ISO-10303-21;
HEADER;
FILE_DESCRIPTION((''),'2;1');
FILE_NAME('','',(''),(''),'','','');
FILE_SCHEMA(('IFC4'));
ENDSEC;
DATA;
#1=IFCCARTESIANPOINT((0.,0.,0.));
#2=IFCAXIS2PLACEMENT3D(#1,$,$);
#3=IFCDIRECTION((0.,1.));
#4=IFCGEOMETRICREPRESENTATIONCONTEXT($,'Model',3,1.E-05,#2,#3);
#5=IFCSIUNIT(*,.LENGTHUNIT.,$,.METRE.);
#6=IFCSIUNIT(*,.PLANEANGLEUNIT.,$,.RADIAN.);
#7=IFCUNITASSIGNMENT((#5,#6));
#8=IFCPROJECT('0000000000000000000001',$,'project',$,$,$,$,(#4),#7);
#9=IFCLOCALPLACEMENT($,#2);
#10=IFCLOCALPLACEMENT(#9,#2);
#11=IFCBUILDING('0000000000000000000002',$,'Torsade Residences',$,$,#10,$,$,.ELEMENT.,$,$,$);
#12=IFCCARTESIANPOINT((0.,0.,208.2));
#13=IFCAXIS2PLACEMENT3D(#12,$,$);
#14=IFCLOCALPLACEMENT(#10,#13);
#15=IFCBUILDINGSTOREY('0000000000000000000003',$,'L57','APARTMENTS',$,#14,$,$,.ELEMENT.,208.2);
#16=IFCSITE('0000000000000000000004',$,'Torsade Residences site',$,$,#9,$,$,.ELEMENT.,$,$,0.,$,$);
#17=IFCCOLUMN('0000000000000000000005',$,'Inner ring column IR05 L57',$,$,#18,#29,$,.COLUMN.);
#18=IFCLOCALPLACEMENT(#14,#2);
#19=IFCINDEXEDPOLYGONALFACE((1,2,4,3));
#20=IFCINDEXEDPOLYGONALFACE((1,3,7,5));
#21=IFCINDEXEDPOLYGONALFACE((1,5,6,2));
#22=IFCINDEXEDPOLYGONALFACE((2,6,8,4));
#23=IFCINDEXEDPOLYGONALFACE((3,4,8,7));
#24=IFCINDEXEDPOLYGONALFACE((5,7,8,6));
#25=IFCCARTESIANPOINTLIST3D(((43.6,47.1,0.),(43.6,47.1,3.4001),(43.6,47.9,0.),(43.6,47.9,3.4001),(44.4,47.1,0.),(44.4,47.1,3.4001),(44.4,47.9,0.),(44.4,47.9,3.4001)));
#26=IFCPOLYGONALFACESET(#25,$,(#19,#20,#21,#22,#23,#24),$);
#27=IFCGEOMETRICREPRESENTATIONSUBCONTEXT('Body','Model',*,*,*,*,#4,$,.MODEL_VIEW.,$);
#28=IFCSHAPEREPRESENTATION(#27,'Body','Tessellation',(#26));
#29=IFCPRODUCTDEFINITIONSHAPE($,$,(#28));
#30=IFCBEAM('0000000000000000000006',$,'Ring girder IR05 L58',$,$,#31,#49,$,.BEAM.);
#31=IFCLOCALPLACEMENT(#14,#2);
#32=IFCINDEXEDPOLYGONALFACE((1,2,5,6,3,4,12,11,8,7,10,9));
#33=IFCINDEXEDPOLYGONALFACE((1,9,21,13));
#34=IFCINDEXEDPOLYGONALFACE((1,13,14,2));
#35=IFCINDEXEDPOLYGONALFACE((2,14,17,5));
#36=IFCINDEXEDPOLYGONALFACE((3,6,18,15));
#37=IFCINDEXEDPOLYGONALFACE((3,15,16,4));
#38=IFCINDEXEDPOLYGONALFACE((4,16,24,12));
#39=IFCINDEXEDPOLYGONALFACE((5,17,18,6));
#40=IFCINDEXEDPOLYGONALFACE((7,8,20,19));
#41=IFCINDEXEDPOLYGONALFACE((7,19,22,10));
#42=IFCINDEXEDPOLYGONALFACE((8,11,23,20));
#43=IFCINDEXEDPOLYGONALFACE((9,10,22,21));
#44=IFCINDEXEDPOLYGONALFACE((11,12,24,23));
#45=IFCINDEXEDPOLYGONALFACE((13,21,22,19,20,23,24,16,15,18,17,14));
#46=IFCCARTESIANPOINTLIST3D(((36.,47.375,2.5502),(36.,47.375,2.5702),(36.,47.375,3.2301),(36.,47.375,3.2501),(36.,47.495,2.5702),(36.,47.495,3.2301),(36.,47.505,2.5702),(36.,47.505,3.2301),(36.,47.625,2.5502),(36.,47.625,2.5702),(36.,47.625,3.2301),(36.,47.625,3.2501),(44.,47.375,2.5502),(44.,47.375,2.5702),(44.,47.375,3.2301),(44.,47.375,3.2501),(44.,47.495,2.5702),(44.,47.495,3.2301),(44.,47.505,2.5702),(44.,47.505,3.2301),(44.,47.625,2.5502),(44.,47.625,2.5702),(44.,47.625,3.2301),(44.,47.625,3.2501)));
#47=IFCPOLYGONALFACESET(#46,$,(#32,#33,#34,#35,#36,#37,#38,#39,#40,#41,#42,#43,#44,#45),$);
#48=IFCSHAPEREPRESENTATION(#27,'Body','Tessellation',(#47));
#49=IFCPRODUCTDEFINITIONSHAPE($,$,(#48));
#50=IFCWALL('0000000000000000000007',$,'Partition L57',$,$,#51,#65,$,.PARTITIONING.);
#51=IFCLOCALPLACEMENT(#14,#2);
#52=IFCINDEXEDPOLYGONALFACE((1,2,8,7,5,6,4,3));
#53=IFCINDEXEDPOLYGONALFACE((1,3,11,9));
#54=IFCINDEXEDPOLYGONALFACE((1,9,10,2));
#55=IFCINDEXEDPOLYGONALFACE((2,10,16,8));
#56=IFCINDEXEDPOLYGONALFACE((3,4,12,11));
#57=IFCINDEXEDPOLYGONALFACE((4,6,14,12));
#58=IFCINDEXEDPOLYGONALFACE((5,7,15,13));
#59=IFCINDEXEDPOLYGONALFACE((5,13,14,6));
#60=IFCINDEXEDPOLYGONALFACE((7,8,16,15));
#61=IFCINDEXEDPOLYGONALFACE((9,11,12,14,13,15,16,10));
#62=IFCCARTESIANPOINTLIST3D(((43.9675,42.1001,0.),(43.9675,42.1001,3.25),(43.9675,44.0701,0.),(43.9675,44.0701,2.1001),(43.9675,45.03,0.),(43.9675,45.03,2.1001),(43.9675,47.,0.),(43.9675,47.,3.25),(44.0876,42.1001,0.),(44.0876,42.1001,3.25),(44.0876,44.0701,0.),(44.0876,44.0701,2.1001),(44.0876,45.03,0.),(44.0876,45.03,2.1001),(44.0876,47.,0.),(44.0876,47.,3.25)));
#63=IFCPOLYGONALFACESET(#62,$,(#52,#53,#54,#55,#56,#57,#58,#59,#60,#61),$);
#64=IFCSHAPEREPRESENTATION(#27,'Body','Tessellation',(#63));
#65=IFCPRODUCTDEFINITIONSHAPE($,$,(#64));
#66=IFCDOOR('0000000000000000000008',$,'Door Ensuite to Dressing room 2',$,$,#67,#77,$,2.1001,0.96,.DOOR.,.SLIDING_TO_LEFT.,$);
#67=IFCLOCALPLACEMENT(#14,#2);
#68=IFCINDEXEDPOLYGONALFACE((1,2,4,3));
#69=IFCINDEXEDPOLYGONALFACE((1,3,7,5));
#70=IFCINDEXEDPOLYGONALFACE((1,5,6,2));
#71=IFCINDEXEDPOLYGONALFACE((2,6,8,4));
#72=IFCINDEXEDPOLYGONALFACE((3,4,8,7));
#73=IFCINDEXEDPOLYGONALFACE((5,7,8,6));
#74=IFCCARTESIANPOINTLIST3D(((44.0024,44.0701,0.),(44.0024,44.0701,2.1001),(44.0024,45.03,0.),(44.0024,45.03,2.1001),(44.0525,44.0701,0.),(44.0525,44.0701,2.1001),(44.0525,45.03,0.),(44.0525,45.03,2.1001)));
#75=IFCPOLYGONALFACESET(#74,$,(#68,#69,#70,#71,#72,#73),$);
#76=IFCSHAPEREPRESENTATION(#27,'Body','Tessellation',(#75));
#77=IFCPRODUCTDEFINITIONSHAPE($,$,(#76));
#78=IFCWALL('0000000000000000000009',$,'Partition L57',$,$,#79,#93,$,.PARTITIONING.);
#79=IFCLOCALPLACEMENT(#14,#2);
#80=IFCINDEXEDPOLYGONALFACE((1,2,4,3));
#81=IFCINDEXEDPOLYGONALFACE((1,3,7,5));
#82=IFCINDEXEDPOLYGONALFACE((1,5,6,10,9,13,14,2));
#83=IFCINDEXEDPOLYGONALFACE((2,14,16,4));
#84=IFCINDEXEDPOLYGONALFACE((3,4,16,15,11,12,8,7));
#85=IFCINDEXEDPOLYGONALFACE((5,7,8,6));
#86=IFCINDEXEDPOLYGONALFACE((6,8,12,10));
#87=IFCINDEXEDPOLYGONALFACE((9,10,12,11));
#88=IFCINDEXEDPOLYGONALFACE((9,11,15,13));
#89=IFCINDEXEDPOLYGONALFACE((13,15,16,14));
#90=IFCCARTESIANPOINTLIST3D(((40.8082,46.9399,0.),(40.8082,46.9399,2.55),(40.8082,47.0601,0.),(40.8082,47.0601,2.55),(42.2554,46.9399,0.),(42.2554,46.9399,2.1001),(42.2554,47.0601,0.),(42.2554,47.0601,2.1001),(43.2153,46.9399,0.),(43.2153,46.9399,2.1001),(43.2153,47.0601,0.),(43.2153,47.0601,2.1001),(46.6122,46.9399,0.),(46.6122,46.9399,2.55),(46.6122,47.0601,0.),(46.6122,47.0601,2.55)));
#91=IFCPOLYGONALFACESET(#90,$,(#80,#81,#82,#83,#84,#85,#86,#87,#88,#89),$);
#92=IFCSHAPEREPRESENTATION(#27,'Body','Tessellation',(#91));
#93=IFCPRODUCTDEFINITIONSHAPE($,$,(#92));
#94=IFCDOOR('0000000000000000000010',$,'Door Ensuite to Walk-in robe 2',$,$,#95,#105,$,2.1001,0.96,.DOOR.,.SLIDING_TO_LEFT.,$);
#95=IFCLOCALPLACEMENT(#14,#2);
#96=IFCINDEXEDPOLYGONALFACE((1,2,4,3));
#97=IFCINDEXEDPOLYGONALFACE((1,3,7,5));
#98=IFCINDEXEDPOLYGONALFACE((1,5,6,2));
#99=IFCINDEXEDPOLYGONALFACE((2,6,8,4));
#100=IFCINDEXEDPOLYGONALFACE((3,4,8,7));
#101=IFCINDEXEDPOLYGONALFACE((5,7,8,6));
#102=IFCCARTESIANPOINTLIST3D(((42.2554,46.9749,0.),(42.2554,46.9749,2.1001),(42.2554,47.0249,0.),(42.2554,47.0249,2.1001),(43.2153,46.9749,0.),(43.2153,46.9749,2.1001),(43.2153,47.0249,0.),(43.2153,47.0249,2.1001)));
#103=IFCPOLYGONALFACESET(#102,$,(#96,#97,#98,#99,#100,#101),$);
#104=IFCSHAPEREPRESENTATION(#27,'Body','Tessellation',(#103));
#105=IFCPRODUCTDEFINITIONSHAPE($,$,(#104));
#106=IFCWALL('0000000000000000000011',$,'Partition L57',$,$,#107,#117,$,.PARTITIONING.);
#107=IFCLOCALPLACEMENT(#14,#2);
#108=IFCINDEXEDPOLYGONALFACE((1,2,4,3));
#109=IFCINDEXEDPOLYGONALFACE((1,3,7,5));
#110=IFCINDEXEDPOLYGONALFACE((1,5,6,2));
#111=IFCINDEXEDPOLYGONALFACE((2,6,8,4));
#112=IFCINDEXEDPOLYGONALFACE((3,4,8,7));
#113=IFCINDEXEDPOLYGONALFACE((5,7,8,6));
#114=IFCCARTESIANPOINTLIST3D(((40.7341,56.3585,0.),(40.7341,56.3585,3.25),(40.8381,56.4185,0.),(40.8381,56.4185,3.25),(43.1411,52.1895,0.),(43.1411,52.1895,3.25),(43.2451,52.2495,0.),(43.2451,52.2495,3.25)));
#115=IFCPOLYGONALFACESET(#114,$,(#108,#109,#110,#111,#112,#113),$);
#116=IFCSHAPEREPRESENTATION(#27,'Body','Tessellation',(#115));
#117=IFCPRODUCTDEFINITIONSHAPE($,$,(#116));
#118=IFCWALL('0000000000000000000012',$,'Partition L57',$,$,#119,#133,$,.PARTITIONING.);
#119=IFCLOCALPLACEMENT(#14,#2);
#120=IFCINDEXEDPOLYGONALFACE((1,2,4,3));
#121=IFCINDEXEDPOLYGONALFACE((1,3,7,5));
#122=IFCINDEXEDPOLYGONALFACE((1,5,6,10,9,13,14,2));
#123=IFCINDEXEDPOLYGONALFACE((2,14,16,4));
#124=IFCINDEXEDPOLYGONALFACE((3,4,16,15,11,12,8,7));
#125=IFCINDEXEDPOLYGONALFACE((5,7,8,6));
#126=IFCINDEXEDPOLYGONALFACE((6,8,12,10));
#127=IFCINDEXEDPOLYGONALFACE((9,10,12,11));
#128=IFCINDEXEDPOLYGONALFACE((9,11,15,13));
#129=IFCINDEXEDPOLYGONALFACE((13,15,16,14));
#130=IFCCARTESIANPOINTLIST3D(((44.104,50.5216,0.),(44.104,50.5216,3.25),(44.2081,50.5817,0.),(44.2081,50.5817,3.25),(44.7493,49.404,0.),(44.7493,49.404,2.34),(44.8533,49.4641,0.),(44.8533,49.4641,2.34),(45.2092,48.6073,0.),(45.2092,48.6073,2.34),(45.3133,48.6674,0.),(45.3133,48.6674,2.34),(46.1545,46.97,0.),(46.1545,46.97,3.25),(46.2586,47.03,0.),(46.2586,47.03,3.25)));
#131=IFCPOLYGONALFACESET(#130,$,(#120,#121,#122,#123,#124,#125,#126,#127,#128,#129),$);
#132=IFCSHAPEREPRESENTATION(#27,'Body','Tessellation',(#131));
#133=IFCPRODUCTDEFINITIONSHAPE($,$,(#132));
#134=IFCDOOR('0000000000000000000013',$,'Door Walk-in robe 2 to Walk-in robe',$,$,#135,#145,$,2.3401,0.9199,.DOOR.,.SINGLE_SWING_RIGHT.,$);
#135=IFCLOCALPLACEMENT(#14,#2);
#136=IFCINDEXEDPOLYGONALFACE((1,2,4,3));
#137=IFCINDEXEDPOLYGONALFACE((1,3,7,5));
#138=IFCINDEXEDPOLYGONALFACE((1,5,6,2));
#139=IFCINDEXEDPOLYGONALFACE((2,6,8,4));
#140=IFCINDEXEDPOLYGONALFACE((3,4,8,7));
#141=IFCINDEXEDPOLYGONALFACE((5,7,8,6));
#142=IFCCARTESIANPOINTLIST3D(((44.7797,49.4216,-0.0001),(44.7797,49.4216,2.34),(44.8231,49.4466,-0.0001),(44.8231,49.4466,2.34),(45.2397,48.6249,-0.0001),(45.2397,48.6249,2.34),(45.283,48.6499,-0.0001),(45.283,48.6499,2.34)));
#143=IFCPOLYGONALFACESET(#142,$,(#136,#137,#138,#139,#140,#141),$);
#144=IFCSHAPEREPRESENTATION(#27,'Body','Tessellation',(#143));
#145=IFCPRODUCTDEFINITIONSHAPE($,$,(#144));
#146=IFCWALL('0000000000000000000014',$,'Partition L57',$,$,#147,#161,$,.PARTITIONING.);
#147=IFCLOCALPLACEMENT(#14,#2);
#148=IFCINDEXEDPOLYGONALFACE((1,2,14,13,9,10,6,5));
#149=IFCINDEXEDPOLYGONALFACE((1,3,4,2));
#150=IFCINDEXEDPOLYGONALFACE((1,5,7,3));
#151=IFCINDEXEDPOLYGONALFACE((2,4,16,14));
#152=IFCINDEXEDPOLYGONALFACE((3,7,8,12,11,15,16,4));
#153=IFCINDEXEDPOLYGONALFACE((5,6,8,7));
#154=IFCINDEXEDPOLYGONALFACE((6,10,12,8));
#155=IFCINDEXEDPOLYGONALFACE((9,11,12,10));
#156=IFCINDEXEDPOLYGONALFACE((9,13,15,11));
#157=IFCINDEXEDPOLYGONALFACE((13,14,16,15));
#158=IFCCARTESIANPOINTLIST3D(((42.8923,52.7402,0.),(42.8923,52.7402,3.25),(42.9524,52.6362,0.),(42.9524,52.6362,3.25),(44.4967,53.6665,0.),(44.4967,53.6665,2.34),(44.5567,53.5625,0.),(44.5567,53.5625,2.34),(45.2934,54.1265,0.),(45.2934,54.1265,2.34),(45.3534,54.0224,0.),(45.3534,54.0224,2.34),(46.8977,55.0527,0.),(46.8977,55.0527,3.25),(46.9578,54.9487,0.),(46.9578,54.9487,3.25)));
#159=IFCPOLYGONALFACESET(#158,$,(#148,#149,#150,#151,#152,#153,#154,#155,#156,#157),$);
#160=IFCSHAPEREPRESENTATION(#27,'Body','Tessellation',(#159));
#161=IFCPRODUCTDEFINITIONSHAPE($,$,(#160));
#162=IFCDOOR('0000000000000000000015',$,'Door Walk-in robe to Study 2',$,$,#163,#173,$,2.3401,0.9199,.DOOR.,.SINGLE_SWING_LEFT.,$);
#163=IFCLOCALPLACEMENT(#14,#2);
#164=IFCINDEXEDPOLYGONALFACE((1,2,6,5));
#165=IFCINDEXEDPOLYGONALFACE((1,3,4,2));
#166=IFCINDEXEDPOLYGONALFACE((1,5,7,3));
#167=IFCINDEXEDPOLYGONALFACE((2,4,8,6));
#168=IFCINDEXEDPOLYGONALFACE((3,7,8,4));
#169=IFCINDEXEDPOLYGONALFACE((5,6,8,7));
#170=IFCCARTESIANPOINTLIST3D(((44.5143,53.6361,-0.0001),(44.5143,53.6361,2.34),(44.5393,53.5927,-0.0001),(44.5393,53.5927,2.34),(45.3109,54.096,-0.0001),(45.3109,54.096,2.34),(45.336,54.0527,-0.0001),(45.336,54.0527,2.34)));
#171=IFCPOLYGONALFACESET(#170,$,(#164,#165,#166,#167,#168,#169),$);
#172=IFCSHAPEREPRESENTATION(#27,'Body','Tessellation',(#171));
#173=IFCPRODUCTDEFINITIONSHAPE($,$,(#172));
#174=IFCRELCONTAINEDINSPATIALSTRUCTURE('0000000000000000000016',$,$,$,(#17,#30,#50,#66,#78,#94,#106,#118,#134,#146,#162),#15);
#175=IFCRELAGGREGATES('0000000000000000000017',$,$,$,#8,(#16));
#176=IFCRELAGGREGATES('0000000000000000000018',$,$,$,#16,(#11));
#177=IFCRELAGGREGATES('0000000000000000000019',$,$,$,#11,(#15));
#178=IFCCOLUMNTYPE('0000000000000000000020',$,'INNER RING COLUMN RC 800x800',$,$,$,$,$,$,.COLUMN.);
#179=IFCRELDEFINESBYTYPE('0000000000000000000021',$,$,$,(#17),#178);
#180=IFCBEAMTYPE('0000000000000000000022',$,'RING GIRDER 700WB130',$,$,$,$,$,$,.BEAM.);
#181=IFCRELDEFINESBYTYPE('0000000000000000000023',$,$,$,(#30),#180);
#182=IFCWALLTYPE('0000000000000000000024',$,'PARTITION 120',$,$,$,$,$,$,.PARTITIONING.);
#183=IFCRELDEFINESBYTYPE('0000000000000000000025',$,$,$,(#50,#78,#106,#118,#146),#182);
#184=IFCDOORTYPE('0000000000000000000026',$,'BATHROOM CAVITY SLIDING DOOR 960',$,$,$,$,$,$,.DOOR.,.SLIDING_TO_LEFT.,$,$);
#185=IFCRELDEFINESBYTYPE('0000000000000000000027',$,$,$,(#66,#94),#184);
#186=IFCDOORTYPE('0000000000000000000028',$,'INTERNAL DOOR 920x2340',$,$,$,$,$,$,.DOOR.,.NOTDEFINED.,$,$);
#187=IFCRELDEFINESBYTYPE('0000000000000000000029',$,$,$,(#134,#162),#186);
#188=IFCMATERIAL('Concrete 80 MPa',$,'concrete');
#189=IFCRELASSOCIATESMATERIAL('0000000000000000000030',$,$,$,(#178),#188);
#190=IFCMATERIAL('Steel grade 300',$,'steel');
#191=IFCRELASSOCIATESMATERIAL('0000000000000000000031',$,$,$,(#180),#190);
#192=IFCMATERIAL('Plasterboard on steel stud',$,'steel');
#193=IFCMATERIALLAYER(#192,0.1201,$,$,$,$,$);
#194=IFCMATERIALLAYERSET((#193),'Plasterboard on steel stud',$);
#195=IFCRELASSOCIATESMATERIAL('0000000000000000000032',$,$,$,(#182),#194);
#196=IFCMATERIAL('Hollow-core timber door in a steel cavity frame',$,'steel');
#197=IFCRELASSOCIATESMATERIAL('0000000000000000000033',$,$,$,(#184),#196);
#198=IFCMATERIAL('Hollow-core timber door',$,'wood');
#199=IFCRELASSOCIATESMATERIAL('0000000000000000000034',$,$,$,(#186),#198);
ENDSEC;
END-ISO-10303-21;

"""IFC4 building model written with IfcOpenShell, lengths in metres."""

from ifc_helpers import new_model, si_unit, direction, frame, frame_2d, origin, origin_2d, place, context, subcontext, project, spatial, rectangle, i_section, extrude, material, layer, layer_set, material_profile, profile_set, type_object, element, fill, save


model = new_model("IFC4")

# Units and contexts
model_context = context("Model", 3, precision=1e-05, world=origin(), true_north=direction((0.0, 1.0)))
body_context = subcontext(model_context, "Body", "Model", "MODEL_VIEW")
ifc_project = project(units=[si_unit("LENGTHUNIT", "METRE"), si_unit("PLANEANGLEUNIT", "RADIAN")], contexts=[model_context])

# Site, building, storey
site_placement = place(None, origin())
site = spatial("IfcSite", under=ifc_project, at=site_placement, Name="Torsade Residences site", CompositionType="ELEMENT", RefElevation=0.0)
building_placement = place(site_placement, origin())
building = spatial("IfcBuilding", under=site, at=building_placement, Name="Torsade Residences", CompositionType="ELEMENT")
storey_placement = place(building_placement, frame((0.0, 0.0, 208.2)))
storey = spatial("IfcBuildingStorey", under=building, at=storey_placement, Name="L57", Description="APARTMENTS", CompositionType="ELEMENT", Elevation=208.2)

# Column
ifc_material_1 = material(Name="Concrete 80 MPa", Category="concrete")
ifc_material_profile_1 = material_profile(ifc_material_1, rectangle(XDim=0.8, YDim=0.8, at=origin_2d()), Name="RC 800x800")
ifc_profile_set_1 = profile_set([ifc_material_profile_1], Name="Concrete 80 MPa")
column_type = type_object("IfcColumnType", Name="INNER RING COLUMN RC 800x800", PredefinedType="COLUMN", material=ifc_profile_set_1)
column_placement = place(storey_placement, frame((44.0, 47.5, 0.0), z_axis=(0.0, 0.0, 1.0), x_axis=(1.0, 0.0, 0.0)))
element("IfcColumn", 1, at=column_placement, inside=storey, type_object=column_type, Name="Inner ring column IR05 L57", PredefinedType="COLUMN", context=body_context, shape_type="SweptSolid", body=[
    extrude(rectangle(XDim=0.8, YDim=0.8, at=origin_2d()), origin(), (0.0, 0.0, 1.0), 3.4001),
])

# Beam
ifc_material_2 = material(Name="Steel grade 300", Category="steel")
ifc_material_profile_2 = material_profile(ifc_material_2, i_section(OverallWidth=0.25, OverallDepth=0.7, WebThickness=0.01, FlangeThickness=0.02, at=origin_2d()), Name="700WB130")
ifc_profile_set_2 = profile_set([ifc_material_profile_2], Name="Steel grade 300")
beam_type = type_object("IfcBeamType", Name="RING GIRDER 700WB130", PredefinedType="BEAM", material=ifc_profile_set_2)
beam_placement = place(storey_placement, frame((44.0, 47.5, 2.9001), z_axis=(-1.0, 0.0, 0.0), x_axis=(0.0, -1.0, 0.0)))
element("IfcBeam", 2, at=beam_placement, inside=storey, type_object=beam_type, Name="Ring girder IR05 L58", PredefinedType="BEAM", context=body_context, shape_type="SweptSolid", body=[
    extrude(i_section(OverallWidth=0.25, OverallDepth=0.7, WebThickness=0.01, FlangeThickness=0.02, at=origin_2d()), origin(), (0.0, 0.0, 1.0), 8.0),
])

# Walls, openings, doors
ifc_material_3 = material(Name="Plasterboard on steel stud", Category="steel")
ifc_layer_1 = layer(ifc_material_3, 0.1201)
ifc_layer_set_1 = layer_set([ifc_layer_1], Name="Plasterboard on steel stud")
wall_type_1 = type_object("IfcWallType", Name="PARTITION 120", PredefinedType="PARTITIONING", material=ifc_layer_set_1)
wall_1_placement = place(storey_placement, frame((44.0276, 47.0, 0.0), z_axis=(0.0, 0.0, 1.0), x_axis=(0.0, -1.0, 0.0)))
wall_1 = element("IfcWall", 3, at=wall_1_placement, inside=storey, type_object=wall_type_1, Name="Partition L57", PredefinedType="PARTITIONING", context=body_context, shape_type="SweptSolid", body=[
    extrude(rectangle(XDim=4.8999, YDim=0.1201, at=frame_2d((2.45, 0.0))), origin(), (0.0, 0.0, 1.0), 3.25),
])
opening_1_placement = place(wall_1_placement, frame((1.97, 0.0, 0.0)))
opening_1 = element("IfcOpeningElement", 4, at=opening_1_placement, cuts=wall_1, PredefinedType="OPENING", context=body_context, shape_type="SweptSolid", body=[
    extrude(rectangle(XDim=0.96, YDim=2.1001, at=frame_2d((0.48, 1.05))), frame((0.0, 0.0701, 0.0), z_axis=(0.0, -1.0, 0.0), x_axis=(1.0, 0.0, 0.0)), (0.0, 0.0, 1.0), 0.1401),
])
ifc_material_4 = material(Name="Hollow-core timber door in a steel cavity frame", Category="steel")
door_type_1 = type_object("IfcDoorType", Name="BATHROOM CAVITY SLIDING DOOR 960", OperationType="SLIDING_TO_LEFT", PredefinedType="DOOR", material=ifc_material_4)
door_1_placement = place(opening_1_placement, origin())
door_1 = element("IfcDoor", 5, at=door_1_placement, inside=storey, type_object=door_type_1, Name="Door Ensuite to Dressing room 2", OperationType="SLIDING_TO_LEFT", OverallHeight=2.1001, OverallWidth=0.96, PredefinedType="DOOR", context=body_context, shape_type="SweptSolid", body=[
    extrude(rectangle(XDim=0.96, YDim=2.1001, at=frame_2d((0.48, 1.05))), frame((0.0, 0.0249, 0.0), z_axis=(0.0, -1.0, 0.0), x_axis=(1.0, 0.0, 0.0)), (0.0, 0.0, 1.0), 0.05),
])
fill(opening_1, door_1)
wall_2_placement = place(storey_placement, frame((40.8083, 47.0, 0.0), z_axis=(0.0, 0.0, 1.0), x_axis=(1.0, 0.0, 0.0)))
wall_2 = element("IfcWall", 6, at=wall_2_placement, inside=storey, type_object=wall_type_1, Name="Partition L57", PredefinedType="PARTITIONING", context=body_context, shape_type="SweptSolid", body=[
    extrude(rectangle(XDim=5.804, YDim=0.1201, at=frame_2d((2.9019, 0.0))), origin(), (0.0, 0.0, 1.0), 2.55),
])
opening_2_placement = place(wall_2_placement, frame((1.447, 0.0, 0.0)))
opening_2 = element("IfcOpeningElement", 7, at=opening_2_placement, cuts=wall_2, PredefinedType="OPENING", context=body_context, shape_type="SweptSolid", body=[
    extrude(rectangle(XDim=0.96, YDim=2.1001, at=frame_2d((0.48, 1.05))), frame((0.0, 0.0701, 0.0), z_axis=(0.0, -1.0, 0.0), x_axis=(1.0, 0.0, 0.0)), (0.0, 0.0, 1.0), 0.1401),
])
door_2_placement = place(opening_2_placement, origin())
door_2 = element("IfcDoor", 8, at=door_2_placement, inside=storey, type_object=door_type_1, Name="Door Ensuite to Walk-in robe 2", OperationType="SLIDING_TO_LEFT", OverallHeight=2.1001, OverallWidth=0.96, PredefinedType="DOOR", context=body_context, shape_type="SweptSolid", body=[
    extrude(rectangle(XDim=0.96, YDim=2.1001, at=frame_2d((0.48, 1.05))), frame((0.0, 0.0249, 0.0), z_axis=(0.0, -1.0, 0.0), x_axis=(1.0, 0.0, 0.0)), (0.0, 0.0, 1.0), 0.05),
])
fill(opening_2, door_2)

# Wall
wall_3_placement = place(storey_placement, frame((43.1931, 52.2195, 0.0), z_axis=(0.0, 0.0, 1.0), x_axis=(-0.500006, 0.866022, 0.0)))
element("IfcWall", 9, at=wall_3_placement, inside=storey, type_object=wall_type_1, Name="Partition L57", PredefinedType="PARTITIONING", context=body_context, shape_type="SweptSolid", body=[
    extrude(rectangle(XDim=4.814, YDim=0.1201, at=frame_2d((2.407, 0.0))), origin(), (0.0, 0.0, 1.0), 3.25),
])

# Walls, openings, doors
wall_4_placement = place(storey_placement, frame((46.2065, 47.0, 0.0), z_axis=(0.0, 0.0, 1.0), x_axis=(-0.499987, 0.866033, 0.0)))
wall_4 = element("IfcWall", 10, at=wall_4_placement, inside=storey, type_object=wall_type_1, Name="Partition L57", PredefinedType="PARTITIONING", context=body_context, shape_type="SweptSolid", body=[
    extrude(rectangle(XDim=4.1011, YDim=0.1201, at=frame_2d((2.0505, 0.0))), origin(), (0.0, 0.0, 1.0), 3.25),
])
opening_3_placement = place(wall_4_placement, frame((1.8906, 0.0, 0.0)))
opening_3 = element("IfcOpeningElement", 11, at=opening_3_placement, cuts=wall_4, PredefinedType="OPENING", context=body_context, shape_type="SweptSolid", body=[
    extrude(rectangle(XDim=0.9199, YDim=2.3401, at=frame_2d((0.46, 1.1699))), frame((0.0, 0.0701, 0.0), z_axis=(0.0, -1.0, 0.0), x_axis=(1.0, 0.0, 0.0)), (0.0, 0.0, 1.0), 0.1401),
])
ifc_material_5 = material(Name="Hollow-core timber door", Category="wood")
door_type_2 = type_object("IfcDoorType", Name="INTERNAL DOOR 920x2340", OperationType="NOTDEFINED", PredefinedType="DOOR", material=ifc_material_5)
door_3_placement = place(opening_3_placement, origin())
door_3 = element("IfcDoor", 12, at=door_3_placement, inside=storey, type_object=door_type_2, Name="Door Walk-in robe 2 to Walk-in robe", OperationType="SINGLE_SWING_RIGHT", OverallHeight=2.3401, OverallWidth=0.9199, PredefinedType="DOOR", context=body_context, shape_type="SweptSolid", body=[
    extrude(rectangle(XDim=0.9199, YDim=2.3401, at=frame_2d((0.46, 1.1699))), frame((0.0, 0.0249, 0.0), z_axis=(0.0, -1.0, 0.0), x_axis=(1.0, 0.0, 0.0)), (0.0, 0.0, 1.0), 0.05),
])
fill(opening_3, door_3)
wall_5_placement = place(storey_placement, frame((42.9224, 52.6882, 0.0), z_axis=(0.0, 0.0, 1.0), x_axis=(0.866026, 0.5, 0.0)))
wall_5 = element("IfcWall", 13, at=wall_5_placement, inside=storey, type_object=wall_type_1, Name="Partition L57", PredefinedType="PARTITIONING", context=body_context, shape_type="SweptSolid", body=[
    extrude(rectangle(XDim=4.625, YDim=0.1201, at=frame_2d((2.3125, 0.0))), origin(), (0.0, 0.0, 1.0), 3.25),
])
opening_4_placement = place(wall_5_placement, frame((1.8525, 0.0, 0.0)))
opening_4 = element("IfcOpeningElement", 14, at=opening_4_placement, cuts=wall_5, PredefinedType="OPENING", context=body_context, shape_type="SweptSolid", body=[
    extrude(rectangle(XDim=0.9199, YDim=2.3401, at=frame_2d((0.46, 1.1699))), frame((0.0, 0.0701, 0.0), z_axis=(0.0, -1.0, 0.0), x_axis=(1.0, 0.0, 0.0)), (0.0, 0.0, 1.0), 0.1401),
])
door_4_placement = place(opening_4_placement, origin())
door_4 = element("IfcDoor", 15, at=door_4_placement, inside=storey, type_object=door_type_2, Name="Door Walk-in robe to Study 2", OperationType="SINGLE_SWING_LEFT", OverallHeight=2.3401, OverallWidth=0.9199, PredefinedType="DOOR", context=body_context, shape_type="SweptSolid", body=[
    extrude(rectangle(XDim=0.9199, YDim=2.3401, at=frame_2d((0.46, 1.1699))), frame((0.0, 0.0249, 0.0), z_axis=(0.0, -1.0, 0.0), x_axis=(1.0, 0.0, 0.0)), (0.0, 0.0, 1.0), 0.05),
])
fill(opening_4, door_4)

save(model, "model.ifc")
